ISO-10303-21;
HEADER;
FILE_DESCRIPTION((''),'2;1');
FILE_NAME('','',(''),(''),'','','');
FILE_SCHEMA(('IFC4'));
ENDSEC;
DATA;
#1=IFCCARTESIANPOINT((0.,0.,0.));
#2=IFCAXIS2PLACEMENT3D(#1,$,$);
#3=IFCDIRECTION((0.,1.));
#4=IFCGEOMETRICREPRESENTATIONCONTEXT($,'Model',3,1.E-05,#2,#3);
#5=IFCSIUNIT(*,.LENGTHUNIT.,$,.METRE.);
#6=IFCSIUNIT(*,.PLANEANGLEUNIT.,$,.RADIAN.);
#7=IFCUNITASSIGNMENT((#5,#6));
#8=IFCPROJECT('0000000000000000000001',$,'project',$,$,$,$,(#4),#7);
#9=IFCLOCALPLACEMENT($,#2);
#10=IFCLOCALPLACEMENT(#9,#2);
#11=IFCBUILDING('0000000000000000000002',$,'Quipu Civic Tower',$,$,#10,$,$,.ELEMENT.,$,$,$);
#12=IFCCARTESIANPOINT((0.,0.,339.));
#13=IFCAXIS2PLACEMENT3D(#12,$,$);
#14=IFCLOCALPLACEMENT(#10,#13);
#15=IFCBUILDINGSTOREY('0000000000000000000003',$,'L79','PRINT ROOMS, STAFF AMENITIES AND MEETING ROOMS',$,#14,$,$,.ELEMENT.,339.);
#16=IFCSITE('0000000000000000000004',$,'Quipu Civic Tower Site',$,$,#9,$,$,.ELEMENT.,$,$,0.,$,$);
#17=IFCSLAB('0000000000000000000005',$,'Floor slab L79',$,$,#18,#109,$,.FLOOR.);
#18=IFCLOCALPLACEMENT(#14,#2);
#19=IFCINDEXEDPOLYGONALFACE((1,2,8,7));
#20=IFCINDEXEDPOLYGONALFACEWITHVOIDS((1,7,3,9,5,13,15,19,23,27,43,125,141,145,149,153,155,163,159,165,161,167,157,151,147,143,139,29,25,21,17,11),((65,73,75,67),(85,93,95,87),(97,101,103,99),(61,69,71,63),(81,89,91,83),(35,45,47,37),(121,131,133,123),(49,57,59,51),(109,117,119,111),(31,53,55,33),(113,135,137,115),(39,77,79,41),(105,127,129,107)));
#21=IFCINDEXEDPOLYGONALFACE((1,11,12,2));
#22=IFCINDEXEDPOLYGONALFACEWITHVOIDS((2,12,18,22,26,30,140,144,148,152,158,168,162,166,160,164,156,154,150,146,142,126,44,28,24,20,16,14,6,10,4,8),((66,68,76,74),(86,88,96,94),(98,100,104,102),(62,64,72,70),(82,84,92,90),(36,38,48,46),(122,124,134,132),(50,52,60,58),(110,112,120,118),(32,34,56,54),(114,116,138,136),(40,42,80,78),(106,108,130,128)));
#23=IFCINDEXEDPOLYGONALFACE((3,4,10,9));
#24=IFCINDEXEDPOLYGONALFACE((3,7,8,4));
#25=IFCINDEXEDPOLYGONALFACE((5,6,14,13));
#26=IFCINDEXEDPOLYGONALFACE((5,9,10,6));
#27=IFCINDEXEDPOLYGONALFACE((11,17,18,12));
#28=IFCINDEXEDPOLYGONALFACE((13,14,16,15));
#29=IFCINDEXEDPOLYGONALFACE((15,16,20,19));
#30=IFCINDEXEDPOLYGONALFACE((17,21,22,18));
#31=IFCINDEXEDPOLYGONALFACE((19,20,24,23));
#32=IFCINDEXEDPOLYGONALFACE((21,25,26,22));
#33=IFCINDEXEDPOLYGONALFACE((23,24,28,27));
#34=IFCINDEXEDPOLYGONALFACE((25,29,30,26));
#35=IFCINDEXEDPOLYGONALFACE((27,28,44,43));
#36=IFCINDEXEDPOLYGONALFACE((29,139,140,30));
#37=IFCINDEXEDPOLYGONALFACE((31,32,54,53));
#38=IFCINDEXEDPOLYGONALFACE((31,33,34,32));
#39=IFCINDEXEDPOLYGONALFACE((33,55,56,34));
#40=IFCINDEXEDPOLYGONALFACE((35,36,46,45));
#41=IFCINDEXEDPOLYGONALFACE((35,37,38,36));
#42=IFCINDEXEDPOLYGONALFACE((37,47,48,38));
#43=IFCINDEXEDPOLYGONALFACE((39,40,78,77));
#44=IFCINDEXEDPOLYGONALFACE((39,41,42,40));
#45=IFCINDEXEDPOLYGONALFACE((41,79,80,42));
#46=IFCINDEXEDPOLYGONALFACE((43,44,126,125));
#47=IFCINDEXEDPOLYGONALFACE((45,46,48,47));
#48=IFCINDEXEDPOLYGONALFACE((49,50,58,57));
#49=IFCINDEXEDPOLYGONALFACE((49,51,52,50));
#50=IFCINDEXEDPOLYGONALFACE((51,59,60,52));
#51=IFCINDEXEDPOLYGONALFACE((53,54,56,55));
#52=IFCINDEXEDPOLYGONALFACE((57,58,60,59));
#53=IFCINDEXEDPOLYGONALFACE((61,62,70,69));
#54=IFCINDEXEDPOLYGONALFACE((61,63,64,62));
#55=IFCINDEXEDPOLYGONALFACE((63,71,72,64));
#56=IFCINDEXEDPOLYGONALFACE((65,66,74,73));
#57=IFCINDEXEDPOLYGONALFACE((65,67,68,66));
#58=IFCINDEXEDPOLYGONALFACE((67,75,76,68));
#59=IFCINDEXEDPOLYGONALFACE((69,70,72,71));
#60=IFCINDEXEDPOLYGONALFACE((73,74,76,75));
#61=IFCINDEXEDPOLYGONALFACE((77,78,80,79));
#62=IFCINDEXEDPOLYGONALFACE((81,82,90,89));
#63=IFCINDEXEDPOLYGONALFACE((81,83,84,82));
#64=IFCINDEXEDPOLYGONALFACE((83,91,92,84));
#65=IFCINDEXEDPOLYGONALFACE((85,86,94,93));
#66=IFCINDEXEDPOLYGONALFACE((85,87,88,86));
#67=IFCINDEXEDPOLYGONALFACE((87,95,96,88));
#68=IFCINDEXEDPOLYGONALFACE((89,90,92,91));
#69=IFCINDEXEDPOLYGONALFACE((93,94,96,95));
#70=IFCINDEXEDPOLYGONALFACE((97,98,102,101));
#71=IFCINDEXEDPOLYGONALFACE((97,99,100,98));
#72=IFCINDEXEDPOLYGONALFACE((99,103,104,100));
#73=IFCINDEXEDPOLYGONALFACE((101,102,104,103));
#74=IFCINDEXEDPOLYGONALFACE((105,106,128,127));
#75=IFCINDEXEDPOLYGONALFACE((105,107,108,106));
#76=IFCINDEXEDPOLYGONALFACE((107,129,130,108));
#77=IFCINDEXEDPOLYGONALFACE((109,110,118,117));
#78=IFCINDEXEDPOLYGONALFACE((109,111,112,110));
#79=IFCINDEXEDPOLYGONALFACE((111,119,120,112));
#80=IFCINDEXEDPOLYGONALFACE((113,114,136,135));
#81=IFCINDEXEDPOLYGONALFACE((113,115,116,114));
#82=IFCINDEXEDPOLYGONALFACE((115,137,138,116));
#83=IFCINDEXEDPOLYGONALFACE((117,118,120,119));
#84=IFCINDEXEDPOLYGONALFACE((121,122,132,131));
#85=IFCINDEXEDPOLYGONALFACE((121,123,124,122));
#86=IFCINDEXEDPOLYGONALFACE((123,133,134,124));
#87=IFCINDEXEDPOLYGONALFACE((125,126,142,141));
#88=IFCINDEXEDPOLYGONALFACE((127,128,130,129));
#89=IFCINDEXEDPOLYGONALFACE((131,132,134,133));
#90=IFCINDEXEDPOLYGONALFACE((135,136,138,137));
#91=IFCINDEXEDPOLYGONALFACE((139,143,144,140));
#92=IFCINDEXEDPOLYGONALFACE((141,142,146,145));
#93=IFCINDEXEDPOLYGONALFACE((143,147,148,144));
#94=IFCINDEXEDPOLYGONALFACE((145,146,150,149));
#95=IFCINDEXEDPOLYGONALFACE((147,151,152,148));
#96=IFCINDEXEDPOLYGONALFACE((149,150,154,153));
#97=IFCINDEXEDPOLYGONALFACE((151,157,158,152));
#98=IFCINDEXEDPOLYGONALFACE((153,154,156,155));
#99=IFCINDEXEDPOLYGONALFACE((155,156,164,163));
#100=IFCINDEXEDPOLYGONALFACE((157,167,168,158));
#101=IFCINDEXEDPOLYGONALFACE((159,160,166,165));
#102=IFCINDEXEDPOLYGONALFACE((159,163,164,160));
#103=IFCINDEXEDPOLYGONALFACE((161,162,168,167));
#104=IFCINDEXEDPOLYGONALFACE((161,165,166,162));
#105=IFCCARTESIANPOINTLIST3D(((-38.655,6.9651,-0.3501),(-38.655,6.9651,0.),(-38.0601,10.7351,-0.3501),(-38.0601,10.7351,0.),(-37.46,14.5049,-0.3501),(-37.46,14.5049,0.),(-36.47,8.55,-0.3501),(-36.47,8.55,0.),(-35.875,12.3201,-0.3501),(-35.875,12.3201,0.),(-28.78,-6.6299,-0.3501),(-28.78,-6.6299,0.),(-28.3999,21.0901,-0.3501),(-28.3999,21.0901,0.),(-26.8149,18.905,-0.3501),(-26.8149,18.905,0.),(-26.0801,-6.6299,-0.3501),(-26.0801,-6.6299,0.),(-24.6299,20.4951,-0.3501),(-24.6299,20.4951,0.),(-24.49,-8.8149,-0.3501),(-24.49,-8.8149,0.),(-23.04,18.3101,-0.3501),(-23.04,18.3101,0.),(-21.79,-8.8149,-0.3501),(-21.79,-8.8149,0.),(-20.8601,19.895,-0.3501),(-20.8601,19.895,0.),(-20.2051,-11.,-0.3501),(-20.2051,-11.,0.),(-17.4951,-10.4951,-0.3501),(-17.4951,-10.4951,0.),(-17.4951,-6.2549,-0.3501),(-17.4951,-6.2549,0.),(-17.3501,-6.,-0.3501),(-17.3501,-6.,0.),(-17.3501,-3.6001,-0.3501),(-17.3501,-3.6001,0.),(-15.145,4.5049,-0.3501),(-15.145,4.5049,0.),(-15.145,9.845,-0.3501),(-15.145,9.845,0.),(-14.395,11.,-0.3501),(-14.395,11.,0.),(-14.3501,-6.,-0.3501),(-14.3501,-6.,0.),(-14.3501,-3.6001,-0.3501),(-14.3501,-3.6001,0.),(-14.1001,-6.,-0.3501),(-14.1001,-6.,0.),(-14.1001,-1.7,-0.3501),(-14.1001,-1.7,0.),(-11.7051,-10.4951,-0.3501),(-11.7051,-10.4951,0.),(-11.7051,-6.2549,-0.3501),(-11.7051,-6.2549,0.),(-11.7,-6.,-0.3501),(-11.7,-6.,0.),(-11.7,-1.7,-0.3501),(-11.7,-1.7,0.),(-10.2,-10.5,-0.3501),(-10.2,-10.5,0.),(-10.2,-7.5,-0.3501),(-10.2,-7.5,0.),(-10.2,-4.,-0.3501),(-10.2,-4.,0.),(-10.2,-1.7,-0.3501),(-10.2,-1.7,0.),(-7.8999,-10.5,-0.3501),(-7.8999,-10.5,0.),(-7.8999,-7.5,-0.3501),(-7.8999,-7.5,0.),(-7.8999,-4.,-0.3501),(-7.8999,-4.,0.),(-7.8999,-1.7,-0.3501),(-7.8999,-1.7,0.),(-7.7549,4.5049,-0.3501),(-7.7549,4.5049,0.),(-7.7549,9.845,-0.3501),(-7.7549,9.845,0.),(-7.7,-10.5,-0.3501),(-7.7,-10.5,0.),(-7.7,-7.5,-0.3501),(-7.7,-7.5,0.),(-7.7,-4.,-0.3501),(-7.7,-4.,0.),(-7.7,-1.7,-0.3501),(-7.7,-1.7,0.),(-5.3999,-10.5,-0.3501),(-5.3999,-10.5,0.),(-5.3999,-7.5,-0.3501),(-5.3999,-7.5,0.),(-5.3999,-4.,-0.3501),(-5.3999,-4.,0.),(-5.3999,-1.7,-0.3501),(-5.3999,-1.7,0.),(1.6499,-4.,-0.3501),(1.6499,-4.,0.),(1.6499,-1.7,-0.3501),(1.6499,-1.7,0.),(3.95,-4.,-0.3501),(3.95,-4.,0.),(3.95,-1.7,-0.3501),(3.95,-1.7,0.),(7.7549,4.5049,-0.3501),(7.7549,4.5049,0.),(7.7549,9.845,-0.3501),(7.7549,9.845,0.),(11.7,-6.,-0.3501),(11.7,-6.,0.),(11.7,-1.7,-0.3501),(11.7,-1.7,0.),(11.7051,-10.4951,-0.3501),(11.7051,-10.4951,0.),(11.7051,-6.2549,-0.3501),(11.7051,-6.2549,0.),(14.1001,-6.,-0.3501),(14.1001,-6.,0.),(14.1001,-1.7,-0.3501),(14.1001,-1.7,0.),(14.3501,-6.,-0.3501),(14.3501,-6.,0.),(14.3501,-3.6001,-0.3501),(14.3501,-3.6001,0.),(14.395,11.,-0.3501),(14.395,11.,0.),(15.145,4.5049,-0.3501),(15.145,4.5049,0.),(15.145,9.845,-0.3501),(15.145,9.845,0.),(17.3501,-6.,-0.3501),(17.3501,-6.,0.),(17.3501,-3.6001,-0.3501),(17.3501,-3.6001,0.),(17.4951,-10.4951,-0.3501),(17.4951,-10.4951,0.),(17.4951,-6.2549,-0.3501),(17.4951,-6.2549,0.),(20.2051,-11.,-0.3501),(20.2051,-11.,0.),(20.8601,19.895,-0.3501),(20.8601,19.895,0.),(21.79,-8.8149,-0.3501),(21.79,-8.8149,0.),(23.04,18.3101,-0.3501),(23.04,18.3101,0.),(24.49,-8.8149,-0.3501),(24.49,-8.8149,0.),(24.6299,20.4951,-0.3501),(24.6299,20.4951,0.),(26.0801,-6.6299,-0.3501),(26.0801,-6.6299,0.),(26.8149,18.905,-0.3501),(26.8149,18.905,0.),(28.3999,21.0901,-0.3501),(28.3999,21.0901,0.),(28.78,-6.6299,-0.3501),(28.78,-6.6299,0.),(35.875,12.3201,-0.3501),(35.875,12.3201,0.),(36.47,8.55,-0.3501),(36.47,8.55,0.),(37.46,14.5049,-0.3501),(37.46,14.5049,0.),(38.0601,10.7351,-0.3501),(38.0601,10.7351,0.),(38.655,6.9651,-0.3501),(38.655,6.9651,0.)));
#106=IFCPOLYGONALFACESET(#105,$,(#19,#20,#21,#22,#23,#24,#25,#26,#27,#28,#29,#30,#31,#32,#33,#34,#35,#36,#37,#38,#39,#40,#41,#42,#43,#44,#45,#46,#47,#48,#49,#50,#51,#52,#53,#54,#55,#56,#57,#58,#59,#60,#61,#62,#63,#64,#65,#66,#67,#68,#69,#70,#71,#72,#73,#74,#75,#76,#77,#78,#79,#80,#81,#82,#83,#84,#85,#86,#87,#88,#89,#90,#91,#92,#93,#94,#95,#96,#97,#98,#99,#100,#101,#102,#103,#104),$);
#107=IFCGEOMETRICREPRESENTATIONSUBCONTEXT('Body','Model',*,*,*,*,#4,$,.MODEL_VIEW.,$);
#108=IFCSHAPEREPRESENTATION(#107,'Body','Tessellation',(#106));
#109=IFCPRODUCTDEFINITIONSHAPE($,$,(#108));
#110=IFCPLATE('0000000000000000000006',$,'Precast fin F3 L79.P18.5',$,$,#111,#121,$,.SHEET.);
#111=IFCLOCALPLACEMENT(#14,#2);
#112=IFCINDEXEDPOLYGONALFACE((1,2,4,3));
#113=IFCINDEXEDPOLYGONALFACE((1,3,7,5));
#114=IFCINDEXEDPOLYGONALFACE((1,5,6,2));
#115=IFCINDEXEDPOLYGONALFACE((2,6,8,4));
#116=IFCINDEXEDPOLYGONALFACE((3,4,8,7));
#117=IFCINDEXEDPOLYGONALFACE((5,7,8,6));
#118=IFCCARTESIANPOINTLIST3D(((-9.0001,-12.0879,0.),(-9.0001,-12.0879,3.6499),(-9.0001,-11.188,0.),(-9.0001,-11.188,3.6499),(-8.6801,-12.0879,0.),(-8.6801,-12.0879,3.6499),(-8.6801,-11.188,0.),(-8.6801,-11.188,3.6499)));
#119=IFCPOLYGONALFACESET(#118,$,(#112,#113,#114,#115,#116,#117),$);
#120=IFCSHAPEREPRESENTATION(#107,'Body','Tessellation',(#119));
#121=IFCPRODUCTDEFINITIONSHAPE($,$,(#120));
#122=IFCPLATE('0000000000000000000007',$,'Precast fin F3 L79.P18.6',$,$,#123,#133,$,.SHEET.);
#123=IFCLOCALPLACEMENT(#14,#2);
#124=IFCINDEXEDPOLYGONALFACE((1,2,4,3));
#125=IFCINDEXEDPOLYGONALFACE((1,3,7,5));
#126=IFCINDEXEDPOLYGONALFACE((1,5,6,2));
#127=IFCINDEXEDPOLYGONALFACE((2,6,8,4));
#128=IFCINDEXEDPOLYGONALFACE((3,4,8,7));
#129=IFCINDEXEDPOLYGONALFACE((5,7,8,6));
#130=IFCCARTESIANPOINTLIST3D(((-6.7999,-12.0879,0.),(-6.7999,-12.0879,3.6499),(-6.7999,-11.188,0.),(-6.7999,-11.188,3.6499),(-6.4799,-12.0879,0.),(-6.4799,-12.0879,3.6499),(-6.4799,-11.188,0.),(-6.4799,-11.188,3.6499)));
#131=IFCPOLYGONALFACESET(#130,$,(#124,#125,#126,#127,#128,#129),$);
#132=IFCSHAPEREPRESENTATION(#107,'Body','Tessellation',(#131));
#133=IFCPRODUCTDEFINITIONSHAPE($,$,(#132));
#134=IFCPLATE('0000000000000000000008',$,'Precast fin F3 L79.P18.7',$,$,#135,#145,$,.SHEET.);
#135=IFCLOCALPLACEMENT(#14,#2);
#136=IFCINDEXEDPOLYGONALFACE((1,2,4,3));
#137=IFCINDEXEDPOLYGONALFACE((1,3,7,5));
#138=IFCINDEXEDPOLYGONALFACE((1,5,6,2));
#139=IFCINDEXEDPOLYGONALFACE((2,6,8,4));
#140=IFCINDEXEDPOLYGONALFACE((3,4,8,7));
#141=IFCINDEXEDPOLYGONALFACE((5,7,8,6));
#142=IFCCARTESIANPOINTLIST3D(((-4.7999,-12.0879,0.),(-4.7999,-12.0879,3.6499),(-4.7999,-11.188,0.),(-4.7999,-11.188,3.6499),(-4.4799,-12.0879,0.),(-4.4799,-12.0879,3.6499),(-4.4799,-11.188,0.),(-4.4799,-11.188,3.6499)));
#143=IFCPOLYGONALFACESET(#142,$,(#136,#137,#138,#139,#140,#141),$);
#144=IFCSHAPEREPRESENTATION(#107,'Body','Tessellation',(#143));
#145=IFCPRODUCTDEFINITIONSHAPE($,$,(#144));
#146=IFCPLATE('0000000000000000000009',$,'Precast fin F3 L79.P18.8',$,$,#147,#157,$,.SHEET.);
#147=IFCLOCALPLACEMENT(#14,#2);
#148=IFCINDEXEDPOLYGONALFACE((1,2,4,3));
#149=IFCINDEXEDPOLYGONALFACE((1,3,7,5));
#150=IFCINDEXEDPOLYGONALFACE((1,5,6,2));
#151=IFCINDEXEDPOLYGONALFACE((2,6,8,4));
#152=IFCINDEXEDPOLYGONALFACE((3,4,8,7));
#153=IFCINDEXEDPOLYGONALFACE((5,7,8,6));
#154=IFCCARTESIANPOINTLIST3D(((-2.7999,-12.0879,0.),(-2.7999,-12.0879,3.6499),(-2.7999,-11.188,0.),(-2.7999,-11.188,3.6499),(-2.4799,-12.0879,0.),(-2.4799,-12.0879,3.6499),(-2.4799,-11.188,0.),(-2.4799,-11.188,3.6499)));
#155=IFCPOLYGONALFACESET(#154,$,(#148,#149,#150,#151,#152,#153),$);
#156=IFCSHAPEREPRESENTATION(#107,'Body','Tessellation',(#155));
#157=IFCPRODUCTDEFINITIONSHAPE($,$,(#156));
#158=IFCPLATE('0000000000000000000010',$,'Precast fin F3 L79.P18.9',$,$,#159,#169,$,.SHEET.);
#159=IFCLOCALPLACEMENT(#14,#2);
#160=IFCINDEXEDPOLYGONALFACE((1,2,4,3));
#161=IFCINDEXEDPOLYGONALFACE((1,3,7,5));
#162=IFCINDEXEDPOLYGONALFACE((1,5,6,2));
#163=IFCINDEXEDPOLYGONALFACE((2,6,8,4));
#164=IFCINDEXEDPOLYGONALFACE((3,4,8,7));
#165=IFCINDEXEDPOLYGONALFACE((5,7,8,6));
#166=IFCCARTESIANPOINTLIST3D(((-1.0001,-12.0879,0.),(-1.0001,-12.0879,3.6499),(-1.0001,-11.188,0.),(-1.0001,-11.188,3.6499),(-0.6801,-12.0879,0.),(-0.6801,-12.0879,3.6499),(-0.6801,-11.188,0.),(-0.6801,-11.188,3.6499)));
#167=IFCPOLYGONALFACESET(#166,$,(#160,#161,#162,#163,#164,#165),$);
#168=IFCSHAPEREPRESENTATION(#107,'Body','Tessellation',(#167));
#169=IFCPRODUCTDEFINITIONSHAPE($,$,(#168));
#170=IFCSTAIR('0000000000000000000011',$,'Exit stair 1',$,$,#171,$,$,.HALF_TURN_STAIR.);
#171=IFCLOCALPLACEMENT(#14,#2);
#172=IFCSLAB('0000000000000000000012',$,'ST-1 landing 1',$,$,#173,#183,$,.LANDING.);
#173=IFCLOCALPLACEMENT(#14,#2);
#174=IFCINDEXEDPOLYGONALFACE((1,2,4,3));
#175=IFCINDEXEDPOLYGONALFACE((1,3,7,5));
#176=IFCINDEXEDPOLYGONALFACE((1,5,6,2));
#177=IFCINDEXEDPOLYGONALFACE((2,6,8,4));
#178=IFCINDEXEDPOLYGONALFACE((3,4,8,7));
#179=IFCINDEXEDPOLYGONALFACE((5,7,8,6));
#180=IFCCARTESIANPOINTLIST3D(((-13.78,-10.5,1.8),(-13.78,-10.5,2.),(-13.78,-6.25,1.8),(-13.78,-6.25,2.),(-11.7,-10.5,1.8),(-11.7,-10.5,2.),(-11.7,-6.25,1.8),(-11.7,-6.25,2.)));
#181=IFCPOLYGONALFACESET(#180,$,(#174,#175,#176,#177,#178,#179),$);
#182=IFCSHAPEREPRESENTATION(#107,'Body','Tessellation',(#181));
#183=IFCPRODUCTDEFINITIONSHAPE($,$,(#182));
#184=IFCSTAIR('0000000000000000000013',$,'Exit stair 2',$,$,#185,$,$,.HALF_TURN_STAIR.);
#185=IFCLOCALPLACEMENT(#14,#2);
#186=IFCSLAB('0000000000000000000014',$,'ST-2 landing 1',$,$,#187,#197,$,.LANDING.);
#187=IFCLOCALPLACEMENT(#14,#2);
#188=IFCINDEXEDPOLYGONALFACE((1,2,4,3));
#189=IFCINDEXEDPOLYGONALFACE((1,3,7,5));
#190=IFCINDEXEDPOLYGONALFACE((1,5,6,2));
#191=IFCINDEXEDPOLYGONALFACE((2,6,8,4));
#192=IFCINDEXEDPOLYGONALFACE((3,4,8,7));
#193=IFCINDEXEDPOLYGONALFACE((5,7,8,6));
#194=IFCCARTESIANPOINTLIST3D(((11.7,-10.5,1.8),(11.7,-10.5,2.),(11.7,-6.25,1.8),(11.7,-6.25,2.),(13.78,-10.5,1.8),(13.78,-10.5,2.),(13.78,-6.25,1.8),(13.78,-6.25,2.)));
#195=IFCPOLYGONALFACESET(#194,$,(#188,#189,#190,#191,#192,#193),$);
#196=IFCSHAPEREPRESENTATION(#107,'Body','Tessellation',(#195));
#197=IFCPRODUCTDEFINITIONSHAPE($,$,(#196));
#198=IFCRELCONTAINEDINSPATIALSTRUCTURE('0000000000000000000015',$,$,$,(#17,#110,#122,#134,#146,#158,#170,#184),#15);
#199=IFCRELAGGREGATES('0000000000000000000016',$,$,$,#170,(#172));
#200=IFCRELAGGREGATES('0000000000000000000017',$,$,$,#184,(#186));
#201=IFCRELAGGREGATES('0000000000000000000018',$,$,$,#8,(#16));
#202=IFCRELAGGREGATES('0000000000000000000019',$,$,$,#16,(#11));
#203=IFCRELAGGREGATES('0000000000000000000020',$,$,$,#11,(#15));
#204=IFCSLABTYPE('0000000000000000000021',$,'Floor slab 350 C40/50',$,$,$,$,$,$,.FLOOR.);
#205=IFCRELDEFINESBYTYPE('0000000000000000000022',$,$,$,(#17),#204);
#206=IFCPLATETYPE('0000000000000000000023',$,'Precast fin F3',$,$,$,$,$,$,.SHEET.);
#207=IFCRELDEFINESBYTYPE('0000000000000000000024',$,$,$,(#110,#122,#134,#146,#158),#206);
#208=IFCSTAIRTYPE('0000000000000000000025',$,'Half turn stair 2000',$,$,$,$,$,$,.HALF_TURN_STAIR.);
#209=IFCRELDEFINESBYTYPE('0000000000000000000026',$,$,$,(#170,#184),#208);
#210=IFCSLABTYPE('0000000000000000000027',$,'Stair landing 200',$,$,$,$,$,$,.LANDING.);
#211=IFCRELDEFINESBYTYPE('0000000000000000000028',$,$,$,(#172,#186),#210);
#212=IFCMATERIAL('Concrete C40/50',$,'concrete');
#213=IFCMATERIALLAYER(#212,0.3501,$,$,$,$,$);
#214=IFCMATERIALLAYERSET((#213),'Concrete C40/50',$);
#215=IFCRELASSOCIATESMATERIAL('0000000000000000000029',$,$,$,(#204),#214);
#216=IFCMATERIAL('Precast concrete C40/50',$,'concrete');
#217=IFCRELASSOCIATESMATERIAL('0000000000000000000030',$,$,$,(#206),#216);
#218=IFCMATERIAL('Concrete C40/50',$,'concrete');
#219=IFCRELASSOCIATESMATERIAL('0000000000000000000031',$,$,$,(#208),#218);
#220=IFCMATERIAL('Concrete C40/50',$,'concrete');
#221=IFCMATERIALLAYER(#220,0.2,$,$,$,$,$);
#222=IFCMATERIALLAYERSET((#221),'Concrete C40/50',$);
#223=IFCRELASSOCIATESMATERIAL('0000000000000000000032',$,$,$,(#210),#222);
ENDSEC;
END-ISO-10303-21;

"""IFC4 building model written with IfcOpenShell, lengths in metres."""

from ifc_helpers import new_model, si_unit, direction, frame, origin, origin_2d, place, context, subcontext, project, spatial, polyline, rectangle, outline, extrude, material, layer, layer_set, type_object, element, aggregate, save


model = new_model("IFC4")

# Units and contexts
model_context = context("Model", 3, precision=1e-05, world=origin(), true_north=direction((0.0, 1.0)))
body_context = subcontext(model_context, "Body", "Model", "MODEL_VIEW")
ifc_project = project(units=[si_unit("LENGTHUNIT", "METRE"), si_unit("PLANEANGLEUNIT", "RADIAN")], contexts=[model_context])

# Site, building, storey
site_placement = place(None, origin())
site = spatial("IfcSite", under=ifc_project, at=site_placement, Name="Quipu Civic Tower Site", CompositionType="ELEMENT", RefElevation=0.0)
building_placement = place(site_placement, origin())
building = spatial("IfcBuilding", under=site, at=building_placement, Name="Quipu Civic Tower", CompositionType="ELEMENT")
storey_placement = place(building_placement, frame((0.0, 0.0, 339.0)))
storey = spatial("IfcBuildingStorey", under=building, at=storey_placement, Name="L79", Description="PRINT ROOMS, STAFF AMENITIES AND MEETING ROOMS", CompositionType="ELEMENT", Elevation=339.0)

# Slab
ifc_material_1 = material(Name="Concrete C40/50", Category="concrete")
ifc_layer_1 = layer(ifc_material_1, 0.3501)
ifc_layer_set_1 = layer_set([ifc_layer_1], Name="Concrete C40/50")
slab_type_1 = type_object("IfcSlabType", Name="Floor slab 350 C40/50", PredefinedType="FLOOR", material=ifc_layer_set_1)
slab_1_placement = place(storey_placement, frame((0.0, 0.0, -0.3501)))
element("IfcSlab", 1, at=slab_1_placement, inside=storey, type_object=slab_type_1, Name="Floor slab L79", PredefinedType="FLOOR", context=body_context, shape_type="SweptSolid", body=[
    extrude(outline(polyline([(20.8601, 19.895), (23.04, 18.3101), (24.6299, 20.4951), (26.8149, 18.905), (28.3999, 21.0901), (37.46, 14.5049), (35.875, 12.3201), (38.0601, 10.7351), (36.47, 8.55), (38.655, 6.9651), (28.78, -6.6299), (26.0801, -6.6299), (24.49, -8.8149), (21.79, -8.8149), (20.2051, -11.0), (-20.2051, -11.0), (-21.79, -8.8149), (-24.49, -8.8149), (-26.0801, -6.6299), (-28.78, -6.6299), (-38.655, 6.9651), (-36.47, 8.55), (-38.0601, 10.7351), (-35.875, 12.3201), (-37.46, 14.5049), (-28.3999, 21.0901), (-26.8149, 18.905), (-24.6299, 20.4951), (-23.04, 18.3101), (-20.8601, 19.895), (-14.395, 11.0), (14.395, 11.0), (20.8601, 19.895)]), holes=[polyline([(-10.2, -10.5), (-7.8999, -10.5), (-7.8999, -7.5), (-10.2, -7.5), (-10.2, -10.5)]), polyline([(-7.7, -7.5), (-7.7, -10.5), (-5.3999, -10.5), (-5.3999, -7.5), (-7.7, -7.5)]), polyline([(-11.7051, -6.2549), (-17.4951, -6.2549), (-17.4951, -10.4951), (-11.7051, -10.4951), (-11.7051, -6.2549)]), polyline([(-17.3501, -6.0), (-14.3501, -6.0), (-14.3501, -3.6001), (-17.3501, -3.6001), (-17.3501, -6.0)]), polyline([(-14.1001, -1.7), (-14.1001, -6.0), (-11.7, -6.0), (-11.7, -1.7), (-14.1001, -1.7)]), polyline([(-10.2, -1.7), (-10.2, -4.0), (-7.8999, -4.0), (-7.8999, -1.7), (-10.2, -1.7)]), polyline([(-15.145, 9.845), (-15.145, 4.5049), (-7.7549, 4.5049), (-7.7549, 9.845), (-15.145, 9.845)]), polyline([(11.7051, -10.4951), (17.4951, -10.4951), (17.4951, -6.2549), (11.7051, -6.2549), (11.7051, -10.4951)]), polyline([(14.3501, -3.6001), (14.3501, -6.0), (17.3501, -6.0), (17.3501, -3.6001), (14.3501, -3.6001)]), polyline([(11.7, -1.7), (11.7, -6.0), (14.1001, -6.0), (14.1001, -1.7), (11.7, -1.7)]), polyline([(-7.7, -1.7), (-7.7, -4.0), (-5.3999, -4.0), (-5.3999, -1.7), (-7.7, -1.7)]), polyline([(1.6499, -1.7), (1.6499, -4.0), (3.95, -4.0), (3.95, -1.7), (1.6499, -1.7)]), polyline([(7.7549, 4.5049), (15.145, 4.5049), (15.145, 9.845), (7.7549, 9.845), (7.7549, 4.5049)])]), origin(), (0.0, 0.0, 1.0), 0.3501),
])

# Plates
ifc_material_2 = material(Name="Precast concrete C40/50", Category="concrete")
plate_type = type_object("IfcPlateType", Name="Precast fin F3", PredefinedType="SHEET", material=ifc_material_2)
for number, where, z_axis, x_axis, name in (
    (2, (-8.8401, -11.6379, 0.0), (0.0, 0.0, 1.0), (1.0, 0.0, 0.0), "Precast fin F3 L79.P18.5"),
    (3, (-6.6399, -11.6379, 0.0), (0.0, 0.0, 1.0), (1.0, 0.0, 0.0), "Precast fin F3 L79.P18.6"),
    (4, (-4.6399, -11.6379, 0.0), (0.0, 0.0, 1.0), (1.0, 0.0, 0.0), "Precast fin F3 L79.P18.7"),
    (5, (-2.6399, -11.6379, 0.0), (0.0, 0.0, 1.0), (1.0, 0.0, 0.0), "Precast fin F3 L79.P18.8"),
    (6, (-0.8401, -11.6379, 0.0), (0.0, 0.0, 1.0), (1.0, 0.0, 0.0), "Precast fin F3 L79.P18.9"),
):
    element("IfcPlate", number, at=place(storey_placement, frame(where, z_axis=z_axis, x_axis=x_axis)), inside=storey, type_object=plate_type, Name=name, PredefinedType="SHEET", context=body_context, shape_type="SweptSolid", body=[
        extrude(rectangle(XDim=0.3201, YDim=0.8999, at=origin_2d()), origin(), (0.0, 0.0, 1.0), 3.6499),
    ])

# Stairs, slabs
ifc_material_3 = material(Name="Concrete C40/50", Category="concrete")
stair_type_1 = type_object("IfcStairType", Name="Half turn stair 2000", PredefinedType="HALF_TURN_STAIR", material=ifc_material_3)
stair_1_placement = place(storey_placement, origin())
stair_1 = element("IfcStair", 7, at=stair_1_placement, inside=storey, type_object=stair_type_1, Name="Exit stair 1", PredefinedType="HALF_TURN_STAIR")
ifc_material_4 = material(Name="Concrete C40/50", Category="concrete")
ifc_layer_2 = layer(ifc_material_4, 0.2)
ifc_layer_set_2 = layer_set([ifc_layer_2], Name="Concrete C40/50")
slab_type_2 = type_object("IfcSlabType", Name="Stair landing 200", PredefinedType="LANDING", material=ifc_layer_set_2)
slab_2_placement = place(storey_placement, frame((0.0, 0.0, 1.8)))
slab_2 = element("IfcSlab", 8, at=slab_2_placement, type_object=slab_type_2, Name="ST-1 landing 1", PredefinedType="LANDING", context=body_context, shape_type="SweptSolid", body=[
    extrude(outline(polyline([(-13.78, -10.5), (-11.7, -10.5), (-11.7, -6.25), (-13.78, -6.25), (-13.78, -10.5)])), origin(), (0.0, 0.0, 1.0), 0.2),
])
aggregate(stair_1, [slab_2])
stair_2_placement = place(storey_placement, origin())
stair_2 = element("IfcStair", 9, at=stair_2_placement, inside=storey, type_object=stair_type_1, Name="Exit stair 2", PredefinedType="HALF_TURN_STAIR")
slab_3_placement = place(storey_placement, frame((0.0, 0.0, 1.8)))
slab_3 = element("IfcSlab", 10, at=slab_3_placement, type_object=slab_type_2, Name="ST-2 landing 1", PredefinedType="LANDING", context=body_context, shape_type="SweptSolid", body=[
    extrude(outline(polyline([(13.78, -6.25), (11.7, -6.25), (11.7, -10.5), (13.78, -10.5), (13.78, -6.25)])), origin(), (0.0, 0.0, 1.0), 0.2),
])
aggregate(stair_2, [slab_3])

save(model, "model.ifc")
